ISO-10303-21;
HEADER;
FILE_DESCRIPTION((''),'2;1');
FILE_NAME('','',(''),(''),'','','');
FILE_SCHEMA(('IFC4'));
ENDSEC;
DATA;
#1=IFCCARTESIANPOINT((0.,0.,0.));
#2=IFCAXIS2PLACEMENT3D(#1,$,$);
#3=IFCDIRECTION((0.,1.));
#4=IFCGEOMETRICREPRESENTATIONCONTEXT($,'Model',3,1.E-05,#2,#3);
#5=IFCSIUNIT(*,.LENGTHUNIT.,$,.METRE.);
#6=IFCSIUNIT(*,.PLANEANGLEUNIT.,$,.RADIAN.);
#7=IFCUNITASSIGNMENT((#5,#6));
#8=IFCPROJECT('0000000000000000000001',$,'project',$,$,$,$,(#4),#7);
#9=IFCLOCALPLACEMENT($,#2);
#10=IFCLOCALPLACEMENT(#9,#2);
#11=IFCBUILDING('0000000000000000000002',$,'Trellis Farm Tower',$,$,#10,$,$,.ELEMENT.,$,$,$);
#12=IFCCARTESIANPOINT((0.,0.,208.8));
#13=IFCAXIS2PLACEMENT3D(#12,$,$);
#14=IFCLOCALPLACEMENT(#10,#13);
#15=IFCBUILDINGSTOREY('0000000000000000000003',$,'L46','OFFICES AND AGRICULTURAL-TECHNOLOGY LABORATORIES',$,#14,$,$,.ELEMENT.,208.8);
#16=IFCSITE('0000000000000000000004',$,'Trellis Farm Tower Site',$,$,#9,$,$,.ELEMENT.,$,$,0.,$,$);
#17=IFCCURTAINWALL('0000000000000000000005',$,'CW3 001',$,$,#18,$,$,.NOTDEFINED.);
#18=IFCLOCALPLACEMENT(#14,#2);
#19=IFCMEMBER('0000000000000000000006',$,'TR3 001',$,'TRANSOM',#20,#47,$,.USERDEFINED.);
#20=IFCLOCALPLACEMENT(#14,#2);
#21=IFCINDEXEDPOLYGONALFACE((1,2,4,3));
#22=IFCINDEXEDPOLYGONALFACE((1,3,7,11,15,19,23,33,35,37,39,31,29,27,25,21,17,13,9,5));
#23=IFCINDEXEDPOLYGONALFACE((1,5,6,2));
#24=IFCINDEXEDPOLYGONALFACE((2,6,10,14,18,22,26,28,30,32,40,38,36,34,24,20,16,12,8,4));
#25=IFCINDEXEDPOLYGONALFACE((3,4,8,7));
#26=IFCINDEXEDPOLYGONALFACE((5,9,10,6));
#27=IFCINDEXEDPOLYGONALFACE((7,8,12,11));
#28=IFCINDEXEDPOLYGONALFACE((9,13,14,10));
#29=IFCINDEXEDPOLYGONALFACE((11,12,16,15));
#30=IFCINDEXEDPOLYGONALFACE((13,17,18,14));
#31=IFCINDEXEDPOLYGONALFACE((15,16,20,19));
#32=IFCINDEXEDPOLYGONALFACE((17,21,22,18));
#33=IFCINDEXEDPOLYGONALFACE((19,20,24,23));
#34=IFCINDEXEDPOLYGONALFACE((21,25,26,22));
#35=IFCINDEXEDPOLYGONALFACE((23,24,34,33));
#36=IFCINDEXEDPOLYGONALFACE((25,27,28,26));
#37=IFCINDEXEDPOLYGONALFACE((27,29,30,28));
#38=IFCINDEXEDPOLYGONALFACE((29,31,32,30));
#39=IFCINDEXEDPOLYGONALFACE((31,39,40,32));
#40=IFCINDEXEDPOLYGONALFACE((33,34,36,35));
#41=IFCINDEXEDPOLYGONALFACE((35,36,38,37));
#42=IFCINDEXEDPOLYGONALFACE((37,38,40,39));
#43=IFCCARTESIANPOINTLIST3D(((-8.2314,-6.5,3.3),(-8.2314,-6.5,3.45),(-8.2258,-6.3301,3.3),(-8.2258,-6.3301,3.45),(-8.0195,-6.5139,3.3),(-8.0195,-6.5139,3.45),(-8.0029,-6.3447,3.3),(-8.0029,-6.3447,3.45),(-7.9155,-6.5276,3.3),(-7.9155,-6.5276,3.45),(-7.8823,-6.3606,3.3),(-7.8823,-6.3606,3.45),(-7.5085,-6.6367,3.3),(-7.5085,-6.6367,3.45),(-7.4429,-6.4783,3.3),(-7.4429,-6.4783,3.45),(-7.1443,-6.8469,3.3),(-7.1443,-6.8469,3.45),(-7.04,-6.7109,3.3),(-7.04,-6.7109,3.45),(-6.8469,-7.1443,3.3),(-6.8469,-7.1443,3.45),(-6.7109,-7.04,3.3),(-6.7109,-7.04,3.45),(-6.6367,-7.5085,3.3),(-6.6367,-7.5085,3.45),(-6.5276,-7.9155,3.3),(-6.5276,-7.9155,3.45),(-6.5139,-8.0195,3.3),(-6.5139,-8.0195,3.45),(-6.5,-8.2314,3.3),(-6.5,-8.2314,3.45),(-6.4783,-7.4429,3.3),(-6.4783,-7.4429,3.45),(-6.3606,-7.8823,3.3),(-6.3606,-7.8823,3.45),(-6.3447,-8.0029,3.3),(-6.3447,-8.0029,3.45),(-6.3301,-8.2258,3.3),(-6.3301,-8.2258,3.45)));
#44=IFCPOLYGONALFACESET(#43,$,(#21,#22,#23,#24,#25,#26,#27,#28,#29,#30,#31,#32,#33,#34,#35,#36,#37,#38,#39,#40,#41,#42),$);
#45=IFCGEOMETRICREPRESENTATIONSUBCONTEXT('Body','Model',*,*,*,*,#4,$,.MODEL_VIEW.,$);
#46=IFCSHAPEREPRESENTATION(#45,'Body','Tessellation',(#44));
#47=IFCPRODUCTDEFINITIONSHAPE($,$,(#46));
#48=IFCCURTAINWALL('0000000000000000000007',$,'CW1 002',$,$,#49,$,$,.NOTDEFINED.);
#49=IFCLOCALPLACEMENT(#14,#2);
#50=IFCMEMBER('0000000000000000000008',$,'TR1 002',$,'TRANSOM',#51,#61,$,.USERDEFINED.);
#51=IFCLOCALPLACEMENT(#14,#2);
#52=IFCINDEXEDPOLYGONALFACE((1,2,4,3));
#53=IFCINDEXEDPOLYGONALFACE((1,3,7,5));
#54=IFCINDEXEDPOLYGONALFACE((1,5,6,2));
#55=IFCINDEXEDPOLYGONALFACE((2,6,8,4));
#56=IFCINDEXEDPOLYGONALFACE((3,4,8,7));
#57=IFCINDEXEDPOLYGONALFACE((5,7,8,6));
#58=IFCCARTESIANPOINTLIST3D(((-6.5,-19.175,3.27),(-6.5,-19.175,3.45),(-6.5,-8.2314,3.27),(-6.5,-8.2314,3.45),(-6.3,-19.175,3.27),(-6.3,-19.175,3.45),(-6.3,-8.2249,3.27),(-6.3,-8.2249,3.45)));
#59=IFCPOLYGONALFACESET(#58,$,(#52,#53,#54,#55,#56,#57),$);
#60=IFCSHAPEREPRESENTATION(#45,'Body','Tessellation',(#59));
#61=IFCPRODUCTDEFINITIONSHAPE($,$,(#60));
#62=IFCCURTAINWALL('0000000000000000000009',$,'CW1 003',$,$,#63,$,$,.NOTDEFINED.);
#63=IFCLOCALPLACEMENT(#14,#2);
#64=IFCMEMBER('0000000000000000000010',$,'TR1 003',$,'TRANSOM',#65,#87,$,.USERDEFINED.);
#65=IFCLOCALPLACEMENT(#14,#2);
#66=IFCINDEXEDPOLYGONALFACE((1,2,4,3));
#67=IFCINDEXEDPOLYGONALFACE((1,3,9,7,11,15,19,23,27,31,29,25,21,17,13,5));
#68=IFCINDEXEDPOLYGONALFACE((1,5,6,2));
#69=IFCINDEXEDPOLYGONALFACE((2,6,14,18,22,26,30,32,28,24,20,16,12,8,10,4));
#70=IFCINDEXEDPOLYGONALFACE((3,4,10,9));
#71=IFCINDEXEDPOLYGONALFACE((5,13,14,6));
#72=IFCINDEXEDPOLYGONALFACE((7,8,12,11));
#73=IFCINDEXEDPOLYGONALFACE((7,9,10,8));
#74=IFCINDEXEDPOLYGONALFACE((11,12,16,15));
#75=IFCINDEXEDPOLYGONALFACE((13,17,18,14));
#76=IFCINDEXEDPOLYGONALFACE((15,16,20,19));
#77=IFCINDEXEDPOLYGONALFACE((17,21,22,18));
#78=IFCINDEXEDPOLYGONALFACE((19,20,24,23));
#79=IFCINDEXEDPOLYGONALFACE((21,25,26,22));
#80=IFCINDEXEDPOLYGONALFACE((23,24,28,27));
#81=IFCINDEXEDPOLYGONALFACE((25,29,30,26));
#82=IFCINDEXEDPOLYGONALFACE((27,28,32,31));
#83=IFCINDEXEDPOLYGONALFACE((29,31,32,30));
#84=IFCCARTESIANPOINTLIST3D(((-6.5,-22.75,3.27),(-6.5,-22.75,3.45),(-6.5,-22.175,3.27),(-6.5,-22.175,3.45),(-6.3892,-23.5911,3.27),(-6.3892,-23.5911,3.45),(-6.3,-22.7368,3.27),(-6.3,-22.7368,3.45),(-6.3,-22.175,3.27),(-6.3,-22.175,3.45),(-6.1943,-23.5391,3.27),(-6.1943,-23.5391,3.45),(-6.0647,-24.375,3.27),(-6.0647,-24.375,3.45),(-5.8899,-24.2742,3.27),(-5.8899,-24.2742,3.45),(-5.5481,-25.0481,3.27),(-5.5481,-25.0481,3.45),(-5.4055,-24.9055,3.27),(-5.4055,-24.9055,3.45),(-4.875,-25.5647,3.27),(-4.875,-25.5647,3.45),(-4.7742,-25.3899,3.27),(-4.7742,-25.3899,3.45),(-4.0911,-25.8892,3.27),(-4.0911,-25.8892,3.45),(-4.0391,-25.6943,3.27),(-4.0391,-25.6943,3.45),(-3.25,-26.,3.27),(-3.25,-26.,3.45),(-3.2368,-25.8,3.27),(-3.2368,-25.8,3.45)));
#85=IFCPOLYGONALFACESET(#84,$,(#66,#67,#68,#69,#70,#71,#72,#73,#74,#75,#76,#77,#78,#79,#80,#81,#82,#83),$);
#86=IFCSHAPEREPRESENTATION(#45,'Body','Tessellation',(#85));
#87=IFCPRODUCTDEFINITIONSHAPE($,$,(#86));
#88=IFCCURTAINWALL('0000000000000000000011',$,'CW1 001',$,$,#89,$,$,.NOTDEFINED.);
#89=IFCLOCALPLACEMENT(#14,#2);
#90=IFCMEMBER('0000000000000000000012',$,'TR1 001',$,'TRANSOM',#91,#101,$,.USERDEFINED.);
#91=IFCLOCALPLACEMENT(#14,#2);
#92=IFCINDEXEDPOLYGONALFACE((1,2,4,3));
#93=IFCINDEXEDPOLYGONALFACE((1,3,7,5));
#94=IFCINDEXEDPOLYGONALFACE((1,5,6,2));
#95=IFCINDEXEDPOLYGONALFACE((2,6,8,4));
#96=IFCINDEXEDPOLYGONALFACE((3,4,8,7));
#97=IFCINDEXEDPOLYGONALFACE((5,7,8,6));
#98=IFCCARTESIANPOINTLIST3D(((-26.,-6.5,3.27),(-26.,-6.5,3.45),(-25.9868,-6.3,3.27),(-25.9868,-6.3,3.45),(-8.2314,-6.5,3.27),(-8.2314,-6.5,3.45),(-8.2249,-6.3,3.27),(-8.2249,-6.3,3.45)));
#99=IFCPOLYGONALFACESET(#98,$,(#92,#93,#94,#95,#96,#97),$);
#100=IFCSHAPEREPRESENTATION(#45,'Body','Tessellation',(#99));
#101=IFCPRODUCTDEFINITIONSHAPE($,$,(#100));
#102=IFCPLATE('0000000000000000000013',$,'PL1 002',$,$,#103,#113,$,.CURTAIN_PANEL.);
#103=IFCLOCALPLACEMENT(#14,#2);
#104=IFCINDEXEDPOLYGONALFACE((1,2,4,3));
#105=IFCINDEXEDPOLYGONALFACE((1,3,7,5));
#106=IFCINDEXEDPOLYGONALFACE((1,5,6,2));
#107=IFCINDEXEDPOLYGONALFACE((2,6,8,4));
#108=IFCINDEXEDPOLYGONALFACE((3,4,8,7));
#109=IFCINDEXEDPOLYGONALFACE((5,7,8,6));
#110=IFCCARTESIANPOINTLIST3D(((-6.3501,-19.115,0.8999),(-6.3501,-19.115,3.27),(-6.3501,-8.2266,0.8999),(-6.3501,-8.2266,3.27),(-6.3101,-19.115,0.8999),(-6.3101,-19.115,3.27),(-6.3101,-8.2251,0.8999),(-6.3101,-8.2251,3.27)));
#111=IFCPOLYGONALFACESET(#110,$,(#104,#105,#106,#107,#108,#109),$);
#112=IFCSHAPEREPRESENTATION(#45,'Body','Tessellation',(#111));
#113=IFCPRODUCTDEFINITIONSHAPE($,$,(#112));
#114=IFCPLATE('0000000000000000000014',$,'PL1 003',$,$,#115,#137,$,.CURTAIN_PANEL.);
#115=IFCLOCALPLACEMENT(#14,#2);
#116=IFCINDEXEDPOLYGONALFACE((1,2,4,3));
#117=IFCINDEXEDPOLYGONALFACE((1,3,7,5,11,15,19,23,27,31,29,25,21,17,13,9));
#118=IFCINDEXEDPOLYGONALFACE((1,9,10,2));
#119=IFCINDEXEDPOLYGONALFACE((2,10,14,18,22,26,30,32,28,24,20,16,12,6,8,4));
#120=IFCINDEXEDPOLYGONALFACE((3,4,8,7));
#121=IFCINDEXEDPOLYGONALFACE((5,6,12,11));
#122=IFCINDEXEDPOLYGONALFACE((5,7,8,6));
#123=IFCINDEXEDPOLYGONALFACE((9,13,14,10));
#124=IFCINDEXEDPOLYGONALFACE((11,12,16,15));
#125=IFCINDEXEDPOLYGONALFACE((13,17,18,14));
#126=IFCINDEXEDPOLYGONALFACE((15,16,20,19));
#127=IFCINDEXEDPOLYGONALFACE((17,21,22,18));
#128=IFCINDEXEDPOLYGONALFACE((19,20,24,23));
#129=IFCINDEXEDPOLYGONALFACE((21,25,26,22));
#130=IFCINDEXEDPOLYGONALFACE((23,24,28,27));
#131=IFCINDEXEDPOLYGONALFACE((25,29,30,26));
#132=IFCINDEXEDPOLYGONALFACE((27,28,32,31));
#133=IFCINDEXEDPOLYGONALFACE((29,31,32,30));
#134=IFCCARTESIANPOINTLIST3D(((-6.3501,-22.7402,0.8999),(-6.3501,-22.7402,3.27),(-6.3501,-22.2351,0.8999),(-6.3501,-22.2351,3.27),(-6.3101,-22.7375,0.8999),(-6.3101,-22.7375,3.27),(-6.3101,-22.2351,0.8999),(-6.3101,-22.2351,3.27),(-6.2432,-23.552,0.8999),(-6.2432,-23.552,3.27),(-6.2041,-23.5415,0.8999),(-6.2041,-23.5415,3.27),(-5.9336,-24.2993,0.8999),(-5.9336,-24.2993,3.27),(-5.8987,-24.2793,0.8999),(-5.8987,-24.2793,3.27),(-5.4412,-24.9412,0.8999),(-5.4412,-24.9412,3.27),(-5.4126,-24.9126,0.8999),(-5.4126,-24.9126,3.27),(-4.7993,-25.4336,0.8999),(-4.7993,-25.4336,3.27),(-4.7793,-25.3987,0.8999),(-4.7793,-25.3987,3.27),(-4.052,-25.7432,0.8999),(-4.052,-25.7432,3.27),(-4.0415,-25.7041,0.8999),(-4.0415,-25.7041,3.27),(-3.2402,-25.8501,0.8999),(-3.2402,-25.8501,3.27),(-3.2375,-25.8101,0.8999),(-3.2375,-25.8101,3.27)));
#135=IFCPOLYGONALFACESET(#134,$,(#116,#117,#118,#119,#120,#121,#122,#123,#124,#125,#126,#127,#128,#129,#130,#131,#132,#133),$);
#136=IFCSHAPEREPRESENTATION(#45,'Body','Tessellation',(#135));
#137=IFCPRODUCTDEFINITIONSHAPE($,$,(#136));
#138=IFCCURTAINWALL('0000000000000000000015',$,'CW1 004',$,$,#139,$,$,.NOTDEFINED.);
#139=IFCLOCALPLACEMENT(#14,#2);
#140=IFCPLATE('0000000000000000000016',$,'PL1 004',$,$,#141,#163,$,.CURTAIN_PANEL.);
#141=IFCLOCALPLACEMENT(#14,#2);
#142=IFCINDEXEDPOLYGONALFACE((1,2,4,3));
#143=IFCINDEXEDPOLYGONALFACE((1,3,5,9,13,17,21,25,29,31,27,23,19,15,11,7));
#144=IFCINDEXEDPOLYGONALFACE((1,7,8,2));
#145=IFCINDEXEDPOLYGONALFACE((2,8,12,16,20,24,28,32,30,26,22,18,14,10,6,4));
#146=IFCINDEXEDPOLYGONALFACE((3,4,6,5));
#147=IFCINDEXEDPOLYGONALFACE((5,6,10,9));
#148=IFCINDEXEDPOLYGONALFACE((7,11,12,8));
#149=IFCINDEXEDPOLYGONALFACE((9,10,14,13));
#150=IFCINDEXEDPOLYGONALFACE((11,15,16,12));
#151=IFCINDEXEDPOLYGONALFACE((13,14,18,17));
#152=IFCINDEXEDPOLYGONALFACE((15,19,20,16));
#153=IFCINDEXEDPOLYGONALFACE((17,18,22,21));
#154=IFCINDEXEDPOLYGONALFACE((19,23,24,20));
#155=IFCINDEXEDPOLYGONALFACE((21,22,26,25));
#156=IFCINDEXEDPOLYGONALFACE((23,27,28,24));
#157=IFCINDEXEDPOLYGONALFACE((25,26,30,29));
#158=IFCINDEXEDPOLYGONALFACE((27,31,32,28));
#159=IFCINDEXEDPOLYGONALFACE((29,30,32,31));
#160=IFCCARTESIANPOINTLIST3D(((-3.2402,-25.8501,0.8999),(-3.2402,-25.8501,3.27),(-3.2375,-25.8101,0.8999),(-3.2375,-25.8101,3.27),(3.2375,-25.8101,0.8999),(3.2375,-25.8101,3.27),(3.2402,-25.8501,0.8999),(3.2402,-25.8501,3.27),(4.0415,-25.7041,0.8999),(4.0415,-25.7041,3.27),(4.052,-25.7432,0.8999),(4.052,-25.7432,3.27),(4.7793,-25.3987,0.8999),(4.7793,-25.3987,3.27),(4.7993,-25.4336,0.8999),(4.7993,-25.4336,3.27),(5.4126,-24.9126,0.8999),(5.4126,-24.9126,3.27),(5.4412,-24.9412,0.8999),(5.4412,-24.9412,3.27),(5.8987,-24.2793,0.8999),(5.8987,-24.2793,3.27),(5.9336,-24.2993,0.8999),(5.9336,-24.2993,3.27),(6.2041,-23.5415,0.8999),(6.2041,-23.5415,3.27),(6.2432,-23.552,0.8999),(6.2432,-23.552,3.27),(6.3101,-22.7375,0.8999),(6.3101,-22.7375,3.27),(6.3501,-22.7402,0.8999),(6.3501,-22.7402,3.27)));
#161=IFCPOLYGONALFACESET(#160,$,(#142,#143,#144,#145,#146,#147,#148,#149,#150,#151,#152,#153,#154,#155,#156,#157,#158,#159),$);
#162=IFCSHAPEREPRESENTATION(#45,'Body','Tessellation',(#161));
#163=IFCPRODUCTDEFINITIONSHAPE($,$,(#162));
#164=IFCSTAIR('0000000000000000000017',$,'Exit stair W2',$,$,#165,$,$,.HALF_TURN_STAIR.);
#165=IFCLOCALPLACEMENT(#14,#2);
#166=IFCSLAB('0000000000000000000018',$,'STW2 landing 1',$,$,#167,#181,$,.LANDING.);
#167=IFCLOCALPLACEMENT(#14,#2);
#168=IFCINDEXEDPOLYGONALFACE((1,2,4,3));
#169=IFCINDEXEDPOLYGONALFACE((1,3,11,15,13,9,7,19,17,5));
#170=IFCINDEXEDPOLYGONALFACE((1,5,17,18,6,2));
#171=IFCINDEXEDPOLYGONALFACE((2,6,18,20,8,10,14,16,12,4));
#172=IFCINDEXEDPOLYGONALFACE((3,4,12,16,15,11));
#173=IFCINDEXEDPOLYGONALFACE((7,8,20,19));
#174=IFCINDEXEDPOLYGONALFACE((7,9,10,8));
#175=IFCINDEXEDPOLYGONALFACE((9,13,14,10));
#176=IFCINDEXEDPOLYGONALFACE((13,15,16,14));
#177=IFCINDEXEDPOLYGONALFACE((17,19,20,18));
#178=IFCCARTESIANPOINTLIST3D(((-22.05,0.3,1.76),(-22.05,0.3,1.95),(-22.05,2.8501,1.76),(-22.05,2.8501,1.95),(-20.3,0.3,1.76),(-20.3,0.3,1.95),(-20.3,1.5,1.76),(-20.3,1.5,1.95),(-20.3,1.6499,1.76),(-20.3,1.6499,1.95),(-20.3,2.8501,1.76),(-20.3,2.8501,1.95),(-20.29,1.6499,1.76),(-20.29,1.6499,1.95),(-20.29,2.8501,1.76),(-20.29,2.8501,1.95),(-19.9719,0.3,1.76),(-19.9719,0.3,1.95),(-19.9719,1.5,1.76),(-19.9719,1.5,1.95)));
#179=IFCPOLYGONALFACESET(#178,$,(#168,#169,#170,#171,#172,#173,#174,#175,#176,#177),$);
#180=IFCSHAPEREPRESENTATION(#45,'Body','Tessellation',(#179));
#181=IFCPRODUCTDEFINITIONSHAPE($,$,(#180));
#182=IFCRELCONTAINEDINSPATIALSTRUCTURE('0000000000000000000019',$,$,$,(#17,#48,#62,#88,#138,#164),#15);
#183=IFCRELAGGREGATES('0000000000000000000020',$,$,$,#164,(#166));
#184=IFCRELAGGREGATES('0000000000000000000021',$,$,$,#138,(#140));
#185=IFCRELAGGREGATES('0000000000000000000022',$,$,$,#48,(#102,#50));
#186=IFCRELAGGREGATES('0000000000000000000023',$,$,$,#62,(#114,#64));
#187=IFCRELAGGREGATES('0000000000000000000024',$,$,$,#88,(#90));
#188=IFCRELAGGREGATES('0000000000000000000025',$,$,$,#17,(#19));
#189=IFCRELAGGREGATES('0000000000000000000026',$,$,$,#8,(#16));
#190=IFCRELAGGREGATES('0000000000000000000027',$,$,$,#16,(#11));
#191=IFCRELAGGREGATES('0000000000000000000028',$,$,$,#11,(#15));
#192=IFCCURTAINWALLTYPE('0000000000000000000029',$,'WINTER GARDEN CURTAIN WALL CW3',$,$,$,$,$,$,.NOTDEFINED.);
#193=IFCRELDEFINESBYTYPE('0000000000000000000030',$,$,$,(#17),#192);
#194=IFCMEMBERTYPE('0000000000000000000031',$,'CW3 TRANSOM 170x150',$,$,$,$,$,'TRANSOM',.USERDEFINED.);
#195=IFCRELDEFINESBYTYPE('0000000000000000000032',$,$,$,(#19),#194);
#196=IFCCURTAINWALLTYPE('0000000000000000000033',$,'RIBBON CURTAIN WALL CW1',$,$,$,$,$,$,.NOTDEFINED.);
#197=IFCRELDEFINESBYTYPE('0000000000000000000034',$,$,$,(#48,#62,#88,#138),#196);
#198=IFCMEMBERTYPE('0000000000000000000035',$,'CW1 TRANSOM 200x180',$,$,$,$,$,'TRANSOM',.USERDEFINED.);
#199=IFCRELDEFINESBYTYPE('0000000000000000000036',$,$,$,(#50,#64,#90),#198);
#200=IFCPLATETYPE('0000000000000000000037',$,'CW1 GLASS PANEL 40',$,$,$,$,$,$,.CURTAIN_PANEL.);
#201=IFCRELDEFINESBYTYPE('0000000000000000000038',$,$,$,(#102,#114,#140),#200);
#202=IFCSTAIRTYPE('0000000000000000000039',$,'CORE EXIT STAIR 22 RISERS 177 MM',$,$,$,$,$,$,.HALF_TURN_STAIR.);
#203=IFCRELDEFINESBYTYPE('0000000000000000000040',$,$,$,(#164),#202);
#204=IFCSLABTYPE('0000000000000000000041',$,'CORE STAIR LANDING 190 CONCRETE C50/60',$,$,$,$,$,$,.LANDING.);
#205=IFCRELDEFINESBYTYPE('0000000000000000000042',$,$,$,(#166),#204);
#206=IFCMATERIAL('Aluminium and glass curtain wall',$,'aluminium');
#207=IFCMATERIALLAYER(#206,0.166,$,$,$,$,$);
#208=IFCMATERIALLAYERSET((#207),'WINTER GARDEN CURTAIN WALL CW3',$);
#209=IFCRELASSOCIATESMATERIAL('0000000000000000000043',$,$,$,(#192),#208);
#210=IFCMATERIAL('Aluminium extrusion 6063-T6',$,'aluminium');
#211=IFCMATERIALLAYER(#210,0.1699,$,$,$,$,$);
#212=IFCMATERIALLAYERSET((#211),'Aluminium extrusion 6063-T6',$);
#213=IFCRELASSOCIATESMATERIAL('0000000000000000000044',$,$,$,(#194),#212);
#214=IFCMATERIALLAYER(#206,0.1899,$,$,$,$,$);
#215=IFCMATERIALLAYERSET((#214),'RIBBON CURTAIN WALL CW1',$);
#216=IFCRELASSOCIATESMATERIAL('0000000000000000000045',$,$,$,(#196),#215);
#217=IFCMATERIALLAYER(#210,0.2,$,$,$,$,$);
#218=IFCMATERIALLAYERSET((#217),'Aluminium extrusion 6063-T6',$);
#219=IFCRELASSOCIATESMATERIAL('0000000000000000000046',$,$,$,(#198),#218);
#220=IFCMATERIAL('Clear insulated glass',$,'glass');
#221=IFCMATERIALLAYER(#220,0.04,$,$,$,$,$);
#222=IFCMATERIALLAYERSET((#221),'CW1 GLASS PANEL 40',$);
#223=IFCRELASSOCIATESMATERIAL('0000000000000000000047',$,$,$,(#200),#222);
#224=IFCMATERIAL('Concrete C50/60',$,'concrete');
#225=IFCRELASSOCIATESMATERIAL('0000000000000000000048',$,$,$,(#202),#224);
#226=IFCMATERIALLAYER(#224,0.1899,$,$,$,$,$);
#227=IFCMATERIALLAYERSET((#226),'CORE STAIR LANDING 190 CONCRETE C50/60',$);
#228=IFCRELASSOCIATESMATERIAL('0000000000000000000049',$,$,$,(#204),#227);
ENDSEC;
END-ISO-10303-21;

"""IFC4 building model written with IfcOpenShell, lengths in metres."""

from ifc_helpers import new_model, si_unit, direction, frame, origin, place, context, subcontext, project, spatial, polyline, outline, extrude, source, transform, mapped, material, layer, layer_set, type_object, element, aggregate, save


model = new_model("IFC4")

# Units and contexts
model_context = context("Model", 3, precision=1e-05, world=origin(), true_north=direction((0.0, 1.0)))
body_context = subcontext(model_context, "Body", "Model", "MODEL_VIEW")
ifc_project = project(units=[si_unit("LENGTHUNIT", "METRE"), si_unit("PLANEANGLEUNIT", "RADIAN")], contexts=[model_context])

# Site, building, storey
site_placement = place(None, origin())
site = spatial("IfcSite", under=ifc_project, at=site_placement, Name="Trellis Farm Tower Site", CompositionType="ELEMENT", RefElevation=0.0)
building_placement = place(site_placement, origin())
building = spatial("IfcBuilding", under=site, at=building_placement, Name="Trellis Farm Tower", CompositionType="ELEMENT")
storey_placement = place(building_placement, frame((0.0, 0.0, 208.8)))
storey = spatial("IfcBuildingStorey", under=building, at=storey_placement, Name="L46", Description="OFFICES AND AGRICULTURAL-TECHNOLOGY LABORATORIES", CompositionType="ELEMENT", Elevation=208.8)

# Curtain walls, members
ifc_material_1 = material(Name="Aluminium and glass curtain wall", Category="aluminium")
ifc_layer_1 = layer(ifc_material_1, 0.166)
ifc_layer_set_1 = layer_set([ifc_layer_1], Name="WINTER GARDEN CURTAIN WALL CW3")
curtain_wall_type_1 = type_object("IfcCurtainWallType", Name="WINTER GARDEN CURTAIN WALL CW3", PredefinedType="NOTDEFINED", material=ifc_layer_set_1)
placement_1 = place(storey_placement, origin())
curtain_wall_1 = element("IfcCurtainWall", 1, at=placement_1, inside=storey, type_object=curtain_wall_type_1, Name="CW3 001", PredefinedType="NOTDEFINED")
ifc_material_2 = material(Name="Aluminium extrusion 6063-T6", Category="aluminium")
ifc_layer_2 = layer(ifc_material_2, 0.1699)
ifc_layer_set_2 = layer_set([ifc_layer_2], Name="Aluminium extrusion 6063-T6")
member_type_1 = type_object("IfcMemberType", Name="CW3 TRANSOM 170x150", ElementType="TRANSOM", PredefinedType="USERDEFINED", material=ifc_layer_set_2)
shared_shape_1 = source(origin(), body_context, "Body", "SweptSolid", [
    extrude(outline(polyline([(-8.2314, -6.5), (-8.0195, -6.5139), (-7.9155, -6.5276), (-7.5085, -6.6367), (-7.1443, -6.8469), (-6.8469, -7.1443), (-6.6367, -7.5085), (-6.5276, -7.9155), (-6.5139, -8.0195), (-6.5, -8.2314), (-6.3301, -8.2258), (-6.3447, -8.0029), (-6.3606, -7.8823), (-6.4783, -7.4429), (-6.7109, -7.04), (-7.04, -6.7109), (-7.4429, -6.4783), (-7.8823, -6.3606), (-8.0029, -6.3447), (-8.2258, -6.3301), (-8.2314, -6.5)])), origin(), (0.0, 0.0, 1.0), 0.1499),
])
member_1_placement = place(storey_placement, frame((0.0, 0.0, 3.3)))
member_1 = element("IfcMember", 2, at=member_1_placement, type_object=member_type_1, Name="TR3 001", ObjectType="TRANSOM", PredefinedType="USERDEFINED", context=body_context, shape_type="MappedRepresentation", body=[
    mapped(shared_shape_1, transform((0.0, 0.0, 0.0))),
])
ifc_layer_3 = layer(ifc_material_1, 0.1899)
ifc_layer_set_3 = layer_set([ifc_layer_3], Name="RIBBON CURTAIN WALL CW1")
curtain_wall_type_2 = type_object("IfcCurtainWallType", Name="RIBBON CURTAIN WALL CW1", PredefinedType="NOTDEFINED", material=ifc_layer_set_3)
curtain_wall_2 = element("IfcCurtainWall", 3, at=placement_1, inside=storey, type_object=curtain_wall_type_2, Name="CW1 002", PredefinedType="NOTDEFINED")
ifc_layer_4 = layer(ifc_material_2, 0.2)
ifc_layer_set_4 = layer_set([ifc_layer_4], Name="Aluminium extrusion 6063-T6")
member_type_2 = type_object("IfcMemberType", Name="CW1 TRANSOM 200x180", ElementType="TRANSOM", PredefinedType="USERDEFINED", material=ifc_layer_set_4)
shared_shape_2 = source(origin(), body_context, "Body", "SweptSolid", [
    extrude(outline(polyline([(-6.5, -8.2314), (-6.5, -19.175), (-6.3, -19.175), (-6.3, -8.2249), (-6.5, -8.2314)])), origin(), (0.0, 0.0, 1.0), 0.1799),
])
placement_2 = place(storey_placement, frame((0.0, 0.0, 3.27)))
member_2 = element("IfcMember", 4, at=placement_2, type_object=member_type_2, Name="TR1 002", ObjectType="TRANSOM", PredefinedType="USERDEFINED", context=body_context, shape_type="MappedRepresentation", body=[
    mapped(shared_shape_2, transform((0.0, 0.0, 0.0))),
])
curtain_wall_3 = element("IfcCurtainWall", 5, at=placement_1, inside=storey, type_object=curtain_wall_type_2, Name="CW1 003", PredefinedType="NOTDEFINED")
shared_shape_3 = source(origin(), body_context, "Body", "SweptSolid", [
    extrude(outline(polyline([(-6.5, -22.175), (-6.5, -22.75), (-6.3892, -23.5911), (-6.0647, -24.375), (-5.5481, -25.0481), (-4.875, -25.5647), (-4.0911, -25.8892), (-3.25, -26.0), (-3.2368, -25.8), (-4.0391, -25.6943), (-4.7742, -25.3899), (-5.4055, -24.9055), (-5.8899, -24.2742), (-6.1943, -23.5391), (-6.3, -22.7368), (-6.3, -22.175), (-6.5, -22.175)])), origin(), (0.0, 0.0, 1.0), 0.1799),
])
member_3 = element("IfcMember", 6, at=placement_2, type_object=member_type_2, Name="TR1 003", ObjectType="TRANSOM", PredefinedType="USERDEFINED", context=body_context, shape_type="MappedRepresentation", body=[
    mapped(shared_shape_3, transform((0.0, 0.0, 0.0))),
])
curtain_wall_4 = element("IfcCurtainWall", 7, at=placement_1, inside=storey, type_object=curtain_wall_type_2, Name="CW1 001", PredefinedType="NOTDEFINED")
shared_shape_4 = source(origin(), body_context, "Body", "SweptSolid", [
    extrude(outline(polyline([(-26.0, -6.5), (-8.2314, -6.5), (-8.2249, -6.3), (-25.9868, -6.3), (-26.0, -6.5)])), origin(), (0.0, 0.0, 1.0), 0.1799),
])
member_4 = element("IfcMember", 8, at=placement_2, type_object=member_type_2, Name="TR1 001", ObjectType="TRANSOM", PredefinedType="USERDEFINED", context=body_context, shape_type="MappedRepresentation", body=[
    mapped(shared_shape_4, transform((0.0, 0.0, 0.0))),
])

# Plates
ifc_material_3 = material(Name="Clear insulated glass", Category="glass")
ifc_layer_5 = layer(ifc_material_3, 0.04)
ifc_layer_set_5 = layer_set([ifc_layer_5], Name="CW1 GLASS PANEL 40")
plate_type_1 = type_object("IfcPlateType", Name="CW1 GLASS PANEL 40", PredefinedType="CURTAIN_PANEL", material=ifc_layer_set_5)
placement_3 = place(storey_placement, frame((0.0, 0.0, 0.8999)))
plate_1 = element("IfcPlate", 9, at=placement_3, type_object=plate_type_1, Name="PL1 002", PredefinedType="CURTAIN_PANEL", context=body_context, shape_type="SweptSolid", body=[
    extrude(outline(polyline([(-6.3501, -8.2266), (-6.3501, -19.115), (-6.3101, -19.115), (-6.3101, -8.2251), (-6.3501, -8.2266)])), origin(), (0.0, 0.0, 1.0), 2.3701),
])
plate_2 = element("IfcPlate", 10, at=placement_3, type_object=plate_type_1, Name="PL1 003", PredefinedType="CURTAIN_PANEL", context=body_context, shape_type="SweptSolid", body=[
    extrude(outline(polyline([(-6.3501, -22.2351), (-6.3501, -22.7402), (-6.2432, -23.552), (-5.9336, -24.2993), (-5.4412, -24.9412), (-4.7993, -25.4336), (-4.052, -25.7432), (-3.2402, -25.8501), (-3.2375, -25.8101), (-4.0415, -25.7041), (-4.7793, -25.3987), (-5.4126, -24.9126), (-5.8987, -24.2793), (-6.2041, -23.5415), (-6.3101, -22.7375), (-6.3101, -22.2351), (-6.3501, -22.2351)])), origin(), (0.0, 0.0, 1.0), 2.3701),
])

# Curtain wall, plate
curtain_wall_5 = element("IfcCurtainWall", 11, at=placement_1, inside=storey, type_object=curtain_wall_type_2, Name="CW1 004", PredefinedType="NOTDEFINED")
plate_3 = element("IfcPlate", 12, at=placement_3, type_object=plate_type_1, Name="PL1 004", PredefinedType="CURTAIN_PANEL", context=body_context, shape_type="SweptSolid", body=[
    extrude(outline(polyline([(-3.2402, -25.8501), (3.2402, -25.8501), (4.052, -25.7432), (4.7993, -25.4336), (5.4412, -24.9412), (5.9336, -24.2993), (6.2432, -23.552), (6.3501, -22.7402), (6.3101, -22.7375), (6.2041, -23.5415), (5.8987, -24.2793), (5.4126, -24.9126), (4.7793, -25.3987), (4.0415, -25.7041), (3.2375, -25.8101), (-3.2375, -25.8101), (-3.2402, -25.8501)])), origin(), (0.0, 0.0, 1.0), 2.3701),
])

# Stair, slab
ifc_material_4 = material(Name="Concrete C50/60", Category="concrete")
stair_type = type_object("IfcStairType", Name="CORE EXIT STAIR 22 RISERS 177 MM", PredefinedType="HALF_TURN_STAIR", material=ifc_material_4)
stair = element("IfcStair", 13, at=placement_1, inside=storey, type_object=stair_type, Name="Exit stair W2", PredefinedType="HALF_TURN_STAIR")
ifc_layer_6 = layer(ifc_material_4, 0.1899)
ifc_layer_set_6 = layer_set([ifc_layer_6], Name="CORE STAIR LANDING 190 CONCRETE C50/60")
slab_type = type_object("IfcSlabType", Name="CORE STAIR LANDING 190 CONCRETE C50/60", PredefinedType="LANDING", material=ifc_layer_set_6)
shared_shape_5 = source(origin(), body_context, "Body", "SweptSolid", [
    extrude(outline(polyline([(-19.9719, 1.5), (-19.9719, 0.3), (-20.3, 0.3), (-22.05, 0.3), (-22.05, 2.8501), (-20.3, 2.8501), (-20.29, 2.8501), (-20.29, 1.6499), (-20.3, 1.6499), (-20.3, 1.5), (-19.9719, 1.5)])), origin(), (0.0, 0.0, 1.0), 0.1899),
])
slab_placement = place(storey_placement, frame((0.0, 0.0, 1.76)))
slab = element("IfcSlab", 14, at=slab_placement, type_object=slab_type, Name="STW2 landing 1", PredefinedType="LANDING", context=body_context, shape_type="MappedRepresentation", body=[
    mapped(shared_shape_5, transform((0.0, 0.0, 0.0))),
])
aggregate(stair, [slab])

aggregate(curtain_wall_5, [plate_3])
aggregate(curtain_wall_2, [plate_1, member_2])
aggregate(curtain_wall_3, [plate_2, member_3])
aggregate(curtain_wall_4, [member_4])
aggregate(curtain_wall_1, [member_1])

save(model, "model.ifc")
